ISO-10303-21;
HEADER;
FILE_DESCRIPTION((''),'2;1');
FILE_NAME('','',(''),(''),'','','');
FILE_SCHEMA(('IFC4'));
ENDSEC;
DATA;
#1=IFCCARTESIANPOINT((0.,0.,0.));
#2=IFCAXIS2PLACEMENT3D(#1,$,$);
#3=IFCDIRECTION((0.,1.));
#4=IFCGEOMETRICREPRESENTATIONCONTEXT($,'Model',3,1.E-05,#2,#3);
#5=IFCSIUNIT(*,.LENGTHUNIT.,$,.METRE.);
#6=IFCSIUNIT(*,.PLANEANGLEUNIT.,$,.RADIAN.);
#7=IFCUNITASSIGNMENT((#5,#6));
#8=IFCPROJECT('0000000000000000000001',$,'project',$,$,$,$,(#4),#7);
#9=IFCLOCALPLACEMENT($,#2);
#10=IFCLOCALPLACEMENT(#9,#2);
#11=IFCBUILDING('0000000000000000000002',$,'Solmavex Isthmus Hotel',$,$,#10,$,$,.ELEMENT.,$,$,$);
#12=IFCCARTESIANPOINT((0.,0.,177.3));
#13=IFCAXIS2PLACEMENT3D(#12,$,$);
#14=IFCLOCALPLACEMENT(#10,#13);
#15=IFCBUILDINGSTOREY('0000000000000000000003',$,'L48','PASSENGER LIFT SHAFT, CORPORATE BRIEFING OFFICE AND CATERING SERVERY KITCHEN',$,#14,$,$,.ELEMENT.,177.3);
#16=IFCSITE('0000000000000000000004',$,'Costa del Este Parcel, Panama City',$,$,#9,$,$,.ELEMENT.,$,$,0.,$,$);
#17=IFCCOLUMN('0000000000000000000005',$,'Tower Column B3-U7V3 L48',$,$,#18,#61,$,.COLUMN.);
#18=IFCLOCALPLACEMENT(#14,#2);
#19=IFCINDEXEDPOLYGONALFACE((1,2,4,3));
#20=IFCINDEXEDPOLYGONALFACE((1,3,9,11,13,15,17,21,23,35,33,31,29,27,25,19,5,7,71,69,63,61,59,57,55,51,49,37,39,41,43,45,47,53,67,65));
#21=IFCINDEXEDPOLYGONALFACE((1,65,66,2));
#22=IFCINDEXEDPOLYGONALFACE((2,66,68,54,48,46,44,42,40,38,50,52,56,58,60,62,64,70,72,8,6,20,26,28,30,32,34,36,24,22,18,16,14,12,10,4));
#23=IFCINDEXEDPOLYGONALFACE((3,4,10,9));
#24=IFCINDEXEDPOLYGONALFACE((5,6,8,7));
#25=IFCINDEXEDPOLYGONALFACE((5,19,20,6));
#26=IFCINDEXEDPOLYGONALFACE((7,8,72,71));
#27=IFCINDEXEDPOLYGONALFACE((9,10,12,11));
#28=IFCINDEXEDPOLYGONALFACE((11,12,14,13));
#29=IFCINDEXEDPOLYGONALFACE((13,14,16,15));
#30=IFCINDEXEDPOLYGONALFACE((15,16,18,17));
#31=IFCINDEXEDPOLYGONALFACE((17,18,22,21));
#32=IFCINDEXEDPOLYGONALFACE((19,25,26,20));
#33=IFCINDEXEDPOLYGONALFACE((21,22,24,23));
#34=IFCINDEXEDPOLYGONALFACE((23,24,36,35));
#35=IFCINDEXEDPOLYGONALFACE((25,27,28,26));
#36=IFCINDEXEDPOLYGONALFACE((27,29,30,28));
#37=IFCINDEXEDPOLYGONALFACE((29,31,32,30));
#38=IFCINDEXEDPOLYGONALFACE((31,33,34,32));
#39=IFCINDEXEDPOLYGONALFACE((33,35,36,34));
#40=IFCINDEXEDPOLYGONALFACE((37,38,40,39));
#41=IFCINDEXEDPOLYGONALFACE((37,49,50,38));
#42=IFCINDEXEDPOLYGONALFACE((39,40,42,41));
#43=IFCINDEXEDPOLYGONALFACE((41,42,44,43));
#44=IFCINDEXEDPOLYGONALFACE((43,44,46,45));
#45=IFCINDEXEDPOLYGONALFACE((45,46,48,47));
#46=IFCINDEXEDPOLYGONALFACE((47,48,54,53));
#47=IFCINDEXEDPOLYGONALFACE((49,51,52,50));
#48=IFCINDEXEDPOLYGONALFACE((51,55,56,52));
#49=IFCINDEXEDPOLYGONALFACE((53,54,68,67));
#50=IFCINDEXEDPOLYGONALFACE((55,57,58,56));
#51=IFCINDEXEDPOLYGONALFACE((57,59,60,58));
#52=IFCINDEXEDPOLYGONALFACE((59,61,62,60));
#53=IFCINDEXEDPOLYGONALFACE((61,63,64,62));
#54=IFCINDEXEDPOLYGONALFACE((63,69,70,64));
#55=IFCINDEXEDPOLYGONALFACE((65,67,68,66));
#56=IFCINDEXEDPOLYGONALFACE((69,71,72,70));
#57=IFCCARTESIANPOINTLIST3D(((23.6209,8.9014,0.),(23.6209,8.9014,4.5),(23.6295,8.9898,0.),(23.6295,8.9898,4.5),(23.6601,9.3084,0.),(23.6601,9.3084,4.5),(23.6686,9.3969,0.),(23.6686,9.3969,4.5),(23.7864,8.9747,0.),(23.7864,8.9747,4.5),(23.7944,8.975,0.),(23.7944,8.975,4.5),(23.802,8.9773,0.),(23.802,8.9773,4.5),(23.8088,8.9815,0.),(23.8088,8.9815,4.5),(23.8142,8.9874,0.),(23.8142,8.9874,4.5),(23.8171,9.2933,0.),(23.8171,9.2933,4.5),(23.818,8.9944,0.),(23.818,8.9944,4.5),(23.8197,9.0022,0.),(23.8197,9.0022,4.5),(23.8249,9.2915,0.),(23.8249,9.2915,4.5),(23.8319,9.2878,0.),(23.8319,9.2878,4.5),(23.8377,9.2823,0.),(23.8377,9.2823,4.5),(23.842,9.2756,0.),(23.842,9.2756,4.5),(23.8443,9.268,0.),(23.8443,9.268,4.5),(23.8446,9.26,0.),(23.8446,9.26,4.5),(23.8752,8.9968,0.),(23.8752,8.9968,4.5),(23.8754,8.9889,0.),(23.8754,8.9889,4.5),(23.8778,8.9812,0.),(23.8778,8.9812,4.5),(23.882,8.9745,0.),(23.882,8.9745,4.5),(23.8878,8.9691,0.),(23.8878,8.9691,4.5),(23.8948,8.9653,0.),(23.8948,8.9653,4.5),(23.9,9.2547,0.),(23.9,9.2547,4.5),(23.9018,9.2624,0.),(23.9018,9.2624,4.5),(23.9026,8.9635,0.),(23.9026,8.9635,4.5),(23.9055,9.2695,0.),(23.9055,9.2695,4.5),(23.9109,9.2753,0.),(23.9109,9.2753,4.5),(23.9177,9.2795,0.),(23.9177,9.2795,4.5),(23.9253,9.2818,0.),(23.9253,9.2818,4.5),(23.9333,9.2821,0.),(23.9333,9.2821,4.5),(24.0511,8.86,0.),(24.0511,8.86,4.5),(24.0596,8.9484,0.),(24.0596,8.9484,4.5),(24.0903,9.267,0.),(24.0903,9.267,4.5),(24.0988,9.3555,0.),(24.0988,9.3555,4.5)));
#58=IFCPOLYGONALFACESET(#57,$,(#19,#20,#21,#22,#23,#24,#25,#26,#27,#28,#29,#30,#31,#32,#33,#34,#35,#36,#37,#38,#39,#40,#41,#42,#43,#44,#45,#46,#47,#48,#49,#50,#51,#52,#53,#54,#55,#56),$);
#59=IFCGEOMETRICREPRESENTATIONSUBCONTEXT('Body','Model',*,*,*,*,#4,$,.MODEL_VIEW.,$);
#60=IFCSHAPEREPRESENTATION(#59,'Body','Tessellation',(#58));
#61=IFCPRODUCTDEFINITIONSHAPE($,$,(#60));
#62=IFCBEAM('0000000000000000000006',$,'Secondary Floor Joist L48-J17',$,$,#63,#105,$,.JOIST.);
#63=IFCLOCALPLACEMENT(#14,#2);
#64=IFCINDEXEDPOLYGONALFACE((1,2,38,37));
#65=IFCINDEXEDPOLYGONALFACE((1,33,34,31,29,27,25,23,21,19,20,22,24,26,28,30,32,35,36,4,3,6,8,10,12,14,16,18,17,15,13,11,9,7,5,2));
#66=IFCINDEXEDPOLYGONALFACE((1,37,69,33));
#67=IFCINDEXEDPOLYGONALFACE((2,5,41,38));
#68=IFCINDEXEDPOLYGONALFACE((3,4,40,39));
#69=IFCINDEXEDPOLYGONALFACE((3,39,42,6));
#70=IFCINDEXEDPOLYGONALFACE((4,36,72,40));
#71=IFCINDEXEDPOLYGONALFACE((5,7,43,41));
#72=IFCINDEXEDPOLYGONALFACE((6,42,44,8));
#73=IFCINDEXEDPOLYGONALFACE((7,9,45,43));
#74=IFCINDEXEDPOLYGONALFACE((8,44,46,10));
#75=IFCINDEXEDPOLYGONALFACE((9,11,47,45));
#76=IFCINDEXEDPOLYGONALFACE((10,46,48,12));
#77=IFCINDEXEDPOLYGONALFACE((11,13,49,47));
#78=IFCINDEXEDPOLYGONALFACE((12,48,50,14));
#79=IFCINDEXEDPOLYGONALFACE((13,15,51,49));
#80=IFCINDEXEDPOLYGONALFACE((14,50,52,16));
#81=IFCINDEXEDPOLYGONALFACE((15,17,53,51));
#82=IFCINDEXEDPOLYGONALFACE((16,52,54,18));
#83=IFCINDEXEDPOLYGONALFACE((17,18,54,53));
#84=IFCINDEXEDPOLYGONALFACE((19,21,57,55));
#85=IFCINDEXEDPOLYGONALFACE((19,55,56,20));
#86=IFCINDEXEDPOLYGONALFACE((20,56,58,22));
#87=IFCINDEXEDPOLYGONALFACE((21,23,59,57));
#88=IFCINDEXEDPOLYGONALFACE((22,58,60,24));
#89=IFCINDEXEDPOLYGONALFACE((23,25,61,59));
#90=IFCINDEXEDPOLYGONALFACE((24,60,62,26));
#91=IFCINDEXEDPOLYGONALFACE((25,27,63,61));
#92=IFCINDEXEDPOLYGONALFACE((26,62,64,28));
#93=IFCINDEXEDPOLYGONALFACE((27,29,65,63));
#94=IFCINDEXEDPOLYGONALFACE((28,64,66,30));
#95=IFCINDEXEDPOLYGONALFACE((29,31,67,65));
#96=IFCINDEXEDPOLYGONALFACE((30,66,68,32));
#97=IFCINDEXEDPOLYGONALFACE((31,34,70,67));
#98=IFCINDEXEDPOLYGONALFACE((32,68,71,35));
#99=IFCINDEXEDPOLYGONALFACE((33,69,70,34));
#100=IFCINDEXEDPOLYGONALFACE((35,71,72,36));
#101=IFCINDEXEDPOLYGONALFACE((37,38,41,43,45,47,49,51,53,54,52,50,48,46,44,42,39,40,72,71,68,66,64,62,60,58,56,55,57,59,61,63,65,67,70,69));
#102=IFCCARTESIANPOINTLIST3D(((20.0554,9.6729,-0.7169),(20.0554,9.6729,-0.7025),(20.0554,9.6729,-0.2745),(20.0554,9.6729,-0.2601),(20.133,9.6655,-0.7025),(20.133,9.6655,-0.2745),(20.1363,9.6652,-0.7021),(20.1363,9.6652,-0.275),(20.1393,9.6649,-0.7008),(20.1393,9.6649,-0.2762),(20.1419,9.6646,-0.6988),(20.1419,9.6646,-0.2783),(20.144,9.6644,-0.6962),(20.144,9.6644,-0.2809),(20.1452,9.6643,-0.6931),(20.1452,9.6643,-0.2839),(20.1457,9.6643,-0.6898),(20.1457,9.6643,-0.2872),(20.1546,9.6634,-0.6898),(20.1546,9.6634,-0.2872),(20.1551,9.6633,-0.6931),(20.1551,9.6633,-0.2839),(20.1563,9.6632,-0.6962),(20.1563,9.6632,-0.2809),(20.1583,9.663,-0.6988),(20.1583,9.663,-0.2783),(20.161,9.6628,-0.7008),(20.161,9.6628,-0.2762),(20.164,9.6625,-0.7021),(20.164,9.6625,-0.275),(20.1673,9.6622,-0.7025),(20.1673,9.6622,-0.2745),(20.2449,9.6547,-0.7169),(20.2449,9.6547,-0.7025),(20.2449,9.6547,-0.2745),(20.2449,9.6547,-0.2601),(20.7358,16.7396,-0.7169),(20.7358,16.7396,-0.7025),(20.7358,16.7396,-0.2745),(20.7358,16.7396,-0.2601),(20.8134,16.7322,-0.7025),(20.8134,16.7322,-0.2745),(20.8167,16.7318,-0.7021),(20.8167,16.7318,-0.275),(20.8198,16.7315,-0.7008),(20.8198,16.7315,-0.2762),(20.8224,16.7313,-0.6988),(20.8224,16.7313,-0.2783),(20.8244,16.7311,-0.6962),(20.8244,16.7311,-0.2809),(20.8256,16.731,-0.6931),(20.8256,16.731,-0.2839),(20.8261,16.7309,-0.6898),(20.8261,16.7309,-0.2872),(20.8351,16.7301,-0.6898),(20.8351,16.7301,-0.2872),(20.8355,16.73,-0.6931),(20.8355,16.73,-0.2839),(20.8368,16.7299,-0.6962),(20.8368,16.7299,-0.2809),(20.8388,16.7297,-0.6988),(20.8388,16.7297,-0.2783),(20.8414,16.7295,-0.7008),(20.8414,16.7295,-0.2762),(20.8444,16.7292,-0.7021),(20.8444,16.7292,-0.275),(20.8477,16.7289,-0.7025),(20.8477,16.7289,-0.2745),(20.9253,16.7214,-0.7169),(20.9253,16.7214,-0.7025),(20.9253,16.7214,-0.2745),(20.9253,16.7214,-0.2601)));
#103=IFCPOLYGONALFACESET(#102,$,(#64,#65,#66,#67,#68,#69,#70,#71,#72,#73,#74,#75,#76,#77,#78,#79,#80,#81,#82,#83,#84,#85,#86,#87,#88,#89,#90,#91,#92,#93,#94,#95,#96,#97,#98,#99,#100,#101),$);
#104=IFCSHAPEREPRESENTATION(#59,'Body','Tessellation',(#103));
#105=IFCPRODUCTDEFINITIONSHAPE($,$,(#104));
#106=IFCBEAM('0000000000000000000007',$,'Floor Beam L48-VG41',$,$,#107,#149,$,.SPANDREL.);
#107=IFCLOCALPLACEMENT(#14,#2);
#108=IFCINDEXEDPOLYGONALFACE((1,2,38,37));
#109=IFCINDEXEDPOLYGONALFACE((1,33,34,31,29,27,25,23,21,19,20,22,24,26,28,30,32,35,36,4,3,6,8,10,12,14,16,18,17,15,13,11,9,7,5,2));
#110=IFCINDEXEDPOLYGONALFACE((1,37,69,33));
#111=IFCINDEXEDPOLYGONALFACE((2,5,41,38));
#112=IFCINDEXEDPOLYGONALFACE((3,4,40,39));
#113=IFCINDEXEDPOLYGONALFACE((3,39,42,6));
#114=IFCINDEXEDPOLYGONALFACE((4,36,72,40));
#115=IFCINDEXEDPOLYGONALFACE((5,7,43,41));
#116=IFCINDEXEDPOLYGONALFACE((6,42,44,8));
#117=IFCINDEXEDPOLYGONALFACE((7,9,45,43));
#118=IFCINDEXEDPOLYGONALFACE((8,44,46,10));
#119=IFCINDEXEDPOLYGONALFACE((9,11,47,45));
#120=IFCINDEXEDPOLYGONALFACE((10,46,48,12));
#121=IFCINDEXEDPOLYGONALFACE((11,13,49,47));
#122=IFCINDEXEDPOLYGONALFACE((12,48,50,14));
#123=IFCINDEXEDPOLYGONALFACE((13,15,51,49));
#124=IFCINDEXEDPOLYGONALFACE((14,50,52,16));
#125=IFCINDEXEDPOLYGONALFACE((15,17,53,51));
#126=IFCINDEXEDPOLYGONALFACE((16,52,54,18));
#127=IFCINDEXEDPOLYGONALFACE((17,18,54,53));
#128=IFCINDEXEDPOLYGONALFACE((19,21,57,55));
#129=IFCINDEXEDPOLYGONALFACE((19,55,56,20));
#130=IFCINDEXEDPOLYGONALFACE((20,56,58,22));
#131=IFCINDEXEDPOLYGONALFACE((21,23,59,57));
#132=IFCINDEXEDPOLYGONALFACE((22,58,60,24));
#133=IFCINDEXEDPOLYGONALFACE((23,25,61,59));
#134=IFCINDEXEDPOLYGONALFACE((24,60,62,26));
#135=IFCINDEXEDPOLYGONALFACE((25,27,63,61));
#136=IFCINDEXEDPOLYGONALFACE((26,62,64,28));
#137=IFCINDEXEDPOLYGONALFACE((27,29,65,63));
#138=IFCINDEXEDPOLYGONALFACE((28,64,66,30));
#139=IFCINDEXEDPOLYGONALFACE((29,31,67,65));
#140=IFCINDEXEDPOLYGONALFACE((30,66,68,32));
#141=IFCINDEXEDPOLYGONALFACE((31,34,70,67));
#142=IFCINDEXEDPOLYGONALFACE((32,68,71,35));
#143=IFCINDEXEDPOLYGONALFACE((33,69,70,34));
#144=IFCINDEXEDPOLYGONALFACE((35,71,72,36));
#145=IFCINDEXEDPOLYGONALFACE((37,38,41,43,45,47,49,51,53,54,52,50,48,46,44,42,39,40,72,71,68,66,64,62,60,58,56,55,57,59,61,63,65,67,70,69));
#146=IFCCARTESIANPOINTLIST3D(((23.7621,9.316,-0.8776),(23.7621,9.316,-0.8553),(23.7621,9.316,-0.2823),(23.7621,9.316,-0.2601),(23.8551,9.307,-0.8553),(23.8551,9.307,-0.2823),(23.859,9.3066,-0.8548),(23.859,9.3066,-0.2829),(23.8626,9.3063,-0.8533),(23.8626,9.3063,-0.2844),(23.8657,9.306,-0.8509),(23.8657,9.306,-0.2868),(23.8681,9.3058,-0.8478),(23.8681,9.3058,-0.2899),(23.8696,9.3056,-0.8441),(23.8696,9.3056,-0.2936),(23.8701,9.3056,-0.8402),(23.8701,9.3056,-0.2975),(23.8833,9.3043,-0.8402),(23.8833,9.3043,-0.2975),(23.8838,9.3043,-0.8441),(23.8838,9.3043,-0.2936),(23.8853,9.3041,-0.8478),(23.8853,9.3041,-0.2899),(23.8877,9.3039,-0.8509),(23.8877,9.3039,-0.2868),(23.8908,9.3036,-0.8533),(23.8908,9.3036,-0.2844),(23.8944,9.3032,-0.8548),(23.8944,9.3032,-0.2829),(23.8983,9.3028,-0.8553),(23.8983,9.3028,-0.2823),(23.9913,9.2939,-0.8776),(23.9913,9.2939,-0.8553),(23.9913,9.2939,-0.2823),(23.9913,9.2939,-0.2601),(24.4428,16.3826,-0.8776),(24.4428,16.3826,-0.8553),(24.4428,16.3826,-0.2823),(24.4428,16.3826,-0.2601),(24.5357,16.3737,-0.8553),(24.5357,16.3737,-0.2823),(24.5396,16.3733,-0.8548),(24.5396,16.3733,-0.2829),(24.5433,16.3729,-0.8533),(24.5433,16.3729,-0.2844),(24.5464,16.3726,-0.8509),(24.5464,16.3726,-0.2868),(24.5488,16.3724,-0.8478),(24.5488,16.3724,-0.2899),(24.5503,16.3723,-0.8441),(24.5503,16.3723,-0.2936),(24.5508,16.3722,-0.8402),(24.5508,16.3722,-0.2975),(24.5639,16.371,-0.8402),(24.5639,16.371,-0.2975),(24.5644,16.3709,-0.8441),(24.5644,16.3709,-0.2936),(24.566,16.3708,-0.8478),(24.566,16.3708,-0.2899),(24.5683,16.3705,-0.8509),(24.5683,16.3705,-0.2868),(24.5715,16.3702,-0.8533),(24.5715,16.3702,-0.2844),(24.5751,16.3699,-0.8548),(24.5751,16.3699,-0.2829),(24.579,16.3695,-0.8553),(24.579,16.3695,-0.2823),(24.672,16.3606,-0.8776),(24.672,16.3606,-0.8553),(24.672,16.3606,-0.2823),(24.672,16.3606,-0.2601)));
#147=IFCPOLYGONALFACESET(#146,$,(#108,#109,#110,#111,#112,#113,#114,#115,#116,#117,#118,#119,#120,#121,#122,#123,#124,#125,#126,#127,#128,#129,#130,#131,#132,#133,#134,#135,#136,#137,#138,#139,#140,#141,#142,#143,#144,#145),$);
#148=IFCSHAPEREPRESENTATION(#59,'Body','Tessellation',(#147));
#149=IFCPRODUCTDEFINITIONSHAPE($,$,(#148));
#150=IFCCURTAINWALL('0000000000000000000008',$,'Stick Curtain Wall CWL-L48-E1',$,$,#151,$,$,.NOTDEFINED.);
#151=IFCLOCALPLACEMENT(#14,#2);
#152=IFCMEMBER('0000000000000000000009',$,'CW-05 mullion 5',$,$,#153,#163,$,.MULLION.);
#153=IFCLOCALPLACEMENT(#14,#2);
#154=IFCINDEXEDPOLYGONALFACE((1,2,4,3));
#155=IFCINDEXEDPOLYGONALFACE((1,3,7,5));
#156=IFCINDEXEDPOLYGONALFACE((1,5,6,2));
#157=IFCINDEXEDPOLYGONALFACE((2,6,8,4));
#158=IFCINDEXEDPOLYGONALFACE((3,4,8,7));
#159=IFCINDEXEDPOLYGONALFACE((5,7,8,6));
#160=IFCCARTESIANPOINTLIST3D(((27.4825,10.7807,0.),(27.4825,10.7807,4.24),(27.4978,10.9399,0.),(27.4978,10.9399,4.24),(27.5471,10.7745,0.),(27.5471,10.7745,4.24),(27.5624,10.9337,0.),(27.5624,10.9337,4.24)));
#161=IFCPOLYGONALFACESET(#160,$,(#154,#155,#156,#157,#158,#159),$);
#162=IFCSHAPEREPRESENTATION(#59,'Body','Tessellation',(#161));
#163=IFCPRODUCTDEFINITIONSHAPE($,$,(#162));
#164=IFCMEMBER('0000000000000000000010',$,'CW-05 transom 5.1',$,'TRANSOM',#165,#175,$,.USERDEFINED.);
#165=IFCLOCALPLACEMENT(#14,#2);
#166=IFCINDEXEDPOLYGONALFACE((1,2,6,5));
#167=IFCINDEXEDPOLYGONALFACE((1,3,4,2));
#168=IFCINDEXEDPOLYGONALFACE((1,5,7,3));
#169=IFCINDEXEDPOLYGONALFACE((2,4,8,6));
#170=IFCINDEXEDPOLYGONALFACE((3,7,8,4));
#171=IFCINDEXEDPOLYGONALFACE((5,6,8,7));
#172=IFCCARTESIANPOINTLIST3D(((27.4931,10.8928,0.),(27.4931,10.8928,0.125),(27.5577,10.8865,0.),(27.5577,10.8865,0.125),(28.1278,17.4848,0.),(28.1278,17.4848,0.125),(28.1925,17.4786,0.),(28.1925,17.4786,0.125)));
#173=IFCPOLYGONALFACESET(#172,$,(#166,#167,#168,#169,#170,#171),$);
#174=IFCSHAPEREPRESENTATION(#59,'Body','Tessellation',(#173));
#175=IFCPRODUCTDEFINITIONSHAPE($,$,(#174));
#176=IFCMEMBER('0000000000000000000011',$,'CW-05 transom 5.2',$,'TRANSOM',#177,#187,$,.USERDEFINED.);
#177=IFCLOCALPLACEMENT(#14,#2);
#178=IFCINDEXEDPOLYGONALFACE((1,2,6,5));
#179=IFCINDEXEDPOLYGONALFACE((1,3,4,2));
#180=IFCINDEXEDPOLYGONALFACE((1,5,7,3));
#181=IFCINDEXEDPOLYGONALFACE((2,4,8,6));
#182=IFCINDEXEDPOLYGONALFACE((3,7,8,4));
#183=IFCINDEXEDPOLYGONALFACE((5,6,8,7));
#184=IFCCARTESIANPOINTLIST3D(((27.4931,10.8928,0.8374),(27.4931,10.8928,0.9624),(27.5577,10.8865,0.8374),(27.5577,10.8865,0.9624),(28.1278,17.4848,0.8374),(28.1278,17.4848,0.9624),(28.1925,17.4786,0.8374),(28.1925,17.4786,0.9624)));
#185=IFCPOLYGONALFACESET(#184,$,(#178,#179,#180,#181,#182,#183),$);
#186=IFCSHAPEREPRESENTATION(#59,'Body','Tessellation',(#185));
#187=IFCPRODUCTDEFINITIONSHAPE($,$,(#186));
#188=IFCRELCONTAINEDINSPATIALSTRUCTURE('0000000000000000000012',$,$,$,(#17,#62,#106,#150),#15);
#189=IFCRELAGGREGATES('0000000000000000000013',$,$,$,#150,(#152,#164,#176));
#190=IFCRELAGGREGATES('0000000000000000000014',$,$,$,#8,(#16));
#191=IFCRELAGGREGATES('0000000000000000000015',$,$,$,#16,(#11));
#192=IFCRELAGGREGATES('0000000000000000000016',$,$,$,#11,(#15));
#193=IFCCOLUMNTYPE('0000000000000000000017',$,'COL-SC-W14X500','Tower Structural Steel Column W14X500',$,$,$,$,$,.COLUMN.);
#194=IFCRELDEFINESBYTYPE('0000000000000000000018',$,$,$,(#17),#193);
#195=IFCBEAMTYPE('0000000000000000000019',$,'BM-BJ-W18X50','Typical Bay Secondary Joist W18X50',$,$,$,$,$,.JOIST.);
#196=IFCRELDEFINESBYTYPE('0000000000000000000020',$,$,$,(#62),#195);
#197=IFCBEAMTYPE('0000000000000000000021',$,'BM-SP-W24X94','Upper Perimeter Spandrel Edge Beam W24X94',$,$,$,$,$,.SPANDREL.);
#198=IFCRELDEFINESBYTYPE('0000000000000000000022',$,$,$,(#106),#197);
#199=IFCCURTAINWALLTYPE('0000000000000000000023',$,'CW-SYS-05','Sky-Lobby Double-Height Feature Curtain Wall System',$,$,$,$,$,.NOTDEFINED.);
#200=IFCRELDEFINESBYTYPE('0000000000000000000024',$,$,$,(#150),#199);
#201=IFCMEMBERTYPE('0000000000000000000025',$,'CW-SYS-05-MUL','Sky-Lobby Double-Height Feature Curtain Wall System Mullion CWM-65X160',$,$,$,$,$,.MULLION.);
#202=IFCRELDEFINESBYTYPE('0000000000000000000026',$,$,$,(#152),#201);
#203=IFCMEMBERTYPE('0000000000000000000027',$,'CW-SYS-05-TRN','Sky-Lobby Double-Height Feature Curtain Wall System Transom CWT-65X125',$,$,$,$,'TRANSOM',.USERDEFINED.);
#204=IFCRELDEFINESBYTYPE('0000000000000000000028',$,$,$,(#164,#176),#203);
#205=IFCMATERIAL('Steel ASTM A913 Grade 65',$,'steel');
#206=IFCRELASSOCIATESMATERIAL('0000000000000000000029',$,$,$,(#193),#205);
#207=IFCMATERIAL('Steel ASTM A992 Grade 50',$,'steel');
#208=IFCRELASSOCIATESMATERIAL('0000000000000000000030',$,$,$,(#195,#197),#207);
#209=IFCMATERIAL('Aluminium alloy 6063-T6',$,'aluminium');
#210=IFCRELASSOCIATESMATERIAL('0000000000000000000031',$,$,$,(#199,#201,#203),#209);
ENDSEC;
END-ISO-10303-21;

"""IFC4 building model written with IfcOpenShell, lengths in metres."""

from ifc_helpers import new_model, si_unit, direction, frame, origin, origin_2d, place, context, subcontext, project, spatial, rectangle, i_section, extrude, material, material_profile, profile_set, type_object, element, aggregate, save


model = new_model("IFC4")

# Units and contexts
model_context = context("Model", 3, precision=1e-05, world=origin(), true_north=direction((0.0, 1.0)))
body_context = subcontext(model_context, "Body", "Model", "MODEL_VIEW")
ifc_project = project(units=[si_unit("LENGTHUNIT", "METRE"), si_unit("PLANEANGLEUNIT", "RADIAN")], contexts=[model_context])

# Site, building, storey
site_placement = place(None, origin())
site = spatial("IfcSite", under=ifc_project, at=site_placement, Name="Costa del Este Parcel, Panama City", CompositionType="ELEMENT", RefElevation=0.0)
building_placement = place(site_placement, origin())
building = spatial("IfcBuilding", under=site, at=building_placement, Name="Solmavex Isthmus Hotel", CompositionType="ELEMENT")
storey_placement = place(building_placement, frame((0.0, 0.0, 177.3)))
storey = spatial("IfcBuildingStorey", under=building, at=storey_placement, Name="L48", Description="PASSENGER LIFT SHAFT, CORPORATE BRIEFING OFFICE AND CATERING SERVERY KITCHEN", CompositionType="ELEMENT", Elevation=177.3)

# Column
ifc_material_1 = material(Name="Steel ASTM A913 Grade 65", Category="steel")
ifc_material_profile_1 = material_profile(ifc_material_1, i_section(OverallWidth=0.4321, OverallDepth=0.4978, WebThickness=0.0557, FlangeThickness=0.0889, FilletRadius=0.0305, at=origin_2d()), Name="W14X500")
ifc_profile_set_1 = profile_set([ifc_material_profile_1], Name="Steel ASTM A913 Grade 65")
column_type = type_object("IfcColumnType", Name="COL-SC-W14X500", Description="Tower Structural Steel Column W14X500", PredefinedType="COLUMN", material=ifc_profile_set_1)
column_placement = place(storey_placement, frame((23.8599, 9.1284, 0.0), z_axis=(0.0, 0.0, 1.0), x_axis=(0.995396, -0.095846, 0.0)))
element("IfcColumn", 1, at=column_placement, inside=storey, type_object=column_type, Name="Tower Column B3-U7V3 L48", PredefinedType="COLUMN", context=body_context, shape_type="SweptSolid", body=[
    extrude(i_section(OverallWidth=0.4321, OverallDepth=0.4978, WebThickness=0.0557, FlangeThickness=0.0889, FilletRadius=0.0305, at=origin_2d()), origin(), (0.0, 0.0, 1.0), 4.5),
])

# Beams
ifc_material_2 = material(Name="Steel ASTM A992 Grade 50", Category="steel")
ifc_material_profile_2 = material_profile(ifc_material_2, i_section(OverallWidth=0.1904, OverallDepth=0.4568, WebThickness=0.009, FlangeThickness=0.0144, FilletRadius=0.0127, at=origin_2d()), Name="W18X50")
ifc_profile_set_2 = profile_set([ifc_material_profile_2], Name="Steel ASTM A992 Grade 50")
beam_type_1 = type_object("IfcBeamType", Name="BM-BJ-W18X50", Description="Typical Bay Secondary Joist W18X50", PredefinedType="JOIST", material=ifc_profile_set_2)
beam_1_placement = place(storey_placement, frame((20.1501, 9.6638, -0.4885), z_axis=(0.095843, 0.995396, 0.0), x_axis=(-0.995396, 0.095843, 0.0)))
element("IfcBeam", 2, at=beam_1_placement, inside=storey, type_object=beam_type_1, Name="Secondary Floor Joist L48-J17", PredefinedType="JOIST", context=body_context, shape_type="SweptSolid", body=[
    extrude(i_section(OverallWidth=0.1904, OverallDepth=0.4568, WebThickness=0.009, FlangeThickness=0.0144, FilletRadius=0.0127, at=origin_2d()), origin(), (0.0, 0.0, 1.0), 7.0994),
])
ifc_material_profile_3 = material_profile(ifc_material_2, i_section(OverallWidth=0.2302, OverallDepth=0.6174, WebThickness=0.0132, FlangeThickness=0.0222, FilletRadius=0.0151, at=origin_2d()), Name="W24X94")
ifc_profile_set_3 = profile_set([ifc_material_profile_3], Name="Steel ASTM A992 Grade 50")
beam_type_2 = type_object("IfcBeamType", Name="BM-SP-W24X94", Description="Upper Perimeter Spandrel Edge Beam W24X94", PredefinedType="SPANDREL", material=ifc_profile_set_3)
beam_2_placement = place(storey_placement, frame((23.8767, 9.3049, -0.5688), z_axis=(0.095877, 0.995393, 0.0), x_axis=(-0.995393, 0.095877, 0.0)))
element("IfcBeam", 3, at=beam_2_placement, inside=storey, type_object=beam_type_2, Name="Floor Beam L48-VG41", PredefinedType="SPANDREL", context=body_context, shape_type="SweptSolid", body=[
    extrude(i_section(OverallWidth=0.2302, OverallDepth=0.6174, WebThickness=0.0132, FlangeThickness=0.0222, FilletRadius=0.0151, at=origin_2d()), origin(), (0.0, 0.0, 1.0), 7.0994),
])

# Curtain wall, members
ifc_material_3 = material(Name="Aluminium alloy 6063-T6", Category="aluminium")
curtain_wall_type = type_object("IfcCurtainWallType", Name="CW-SYS-05", Description="Sky-Lobby Double-Height Feature Curtain Wall System", PredefinedType="NOTDEFINED", material=ifc_material_3)
curtain_wall_placement = place(storey_placement, origin())
curtain_wall = element("IfcCurtainWall", 4, at=curtain_wall_placement, inside=storey, type_object=curtain_wall_type, Name="Stick Curtain Wall CWL-L48-E1", PredefinedType="NOTDEFINED")
ifc_material_profile_4 = material_profile(ifc_material_3, rectangle(XDim=0.0649, YDim=0.1599, at=origin_2d()), Name="CWM-65X160")
ifc_profile_set_4 = profile_set([ifc_material_profile_4], Name="Aluminium alloy 6063-T6")
member_type_1 = type_object("IfcMemberType", Name="CW-SYS-05-MUL", Description="Sky-Lobby Double-Height Feature Curtain Wall System Mullion CWM-65X160", PredefinedType="MULLION", material=ifc_profile_set_4)
member_1_placement = place(storey_placement, frame((27.5225, 10.8572, 0.0), z_axis=(0.0, 0.0, 1.0), x_axis=(-0.995396, 0.095846, 0.0)))
member_1 = element("IfcMember", 5, at=member_1_placement, type_object=member_type_1, Name="CW-05 mullion 5", PredefinedType="MULLION", context=body_context, shape_type="SweptSolid", body=[
    extrude(rectangle(XDim=0.0649, YDim=0.1599, at=origin_2d()), origin(), (0.0, 0.0, 1.0), 4.24),
])
ifc_material_profile_5 = material_profile(ifc_material_3, rectangle(XDim=0.0649, YDim=0.125, at=origin_2d()), Name="CWT-65X125")
ifc_profile_set_5 = profile_set([ifc_material_profile_5], Name="Aluminium alloy 6063-T6")
member_type_2 = type_object("IfcMemberType", Name="CW-SYS-05-TRN", Description="Sky-Lobby Double-Height Feature Curtain Wall System Transom CWT-65X125", ElementType="TRANSOM", PredefinedType="USERDEFINED", material=ifc_profile_set_5)
member_2_placement = place(storey_placement, frame((27.5254, 10.8896, 0.0625), z_axis=(0.095849, 0.995396, 0.0), x_axis=(-0.995396, 0.095849, 0.0)))
member_2 = element("IfcMember", 6, at=member_2_placement, type_object=member_type_2, Name="CW-05 transom 5.1", ObjectType="TRANSOM", PredefinedType="USERDEFINED", context=body_context, shape_type="SweptSolid", body=[
    extrude(rectangle(XDim=0.0649, YDim=0.125, at=origin_2d()), origin(), (0.0, 0.0, 1.0), 6.6226),
])
member_3_placement = place(storey_placement, frame((27.5254, 10.8896, 0.8999), z_axis=(0.095849, 0.995396, 0.0), x_axis=(-0.995396, 0.095849, 0.0)))
member_3 = element("IfcMember", 7, at=member_3_placement, type_object=member_type_2, Name="CW-05 transom 5.2", ObjectType="TRANSOM", PredefinedType="USERDEFINED", context=body_context, shape_type="SweptSolid", body=[
    extrude(rectangle(XDim=0.0649, YDim=0.125, at=origin_2d()), origin(), (0.0, 0.0, 1.0), 6.6226),
])
aggregate(curtain_wall, [member_1, member_2, member_3])

save(model, "model.ifc")
